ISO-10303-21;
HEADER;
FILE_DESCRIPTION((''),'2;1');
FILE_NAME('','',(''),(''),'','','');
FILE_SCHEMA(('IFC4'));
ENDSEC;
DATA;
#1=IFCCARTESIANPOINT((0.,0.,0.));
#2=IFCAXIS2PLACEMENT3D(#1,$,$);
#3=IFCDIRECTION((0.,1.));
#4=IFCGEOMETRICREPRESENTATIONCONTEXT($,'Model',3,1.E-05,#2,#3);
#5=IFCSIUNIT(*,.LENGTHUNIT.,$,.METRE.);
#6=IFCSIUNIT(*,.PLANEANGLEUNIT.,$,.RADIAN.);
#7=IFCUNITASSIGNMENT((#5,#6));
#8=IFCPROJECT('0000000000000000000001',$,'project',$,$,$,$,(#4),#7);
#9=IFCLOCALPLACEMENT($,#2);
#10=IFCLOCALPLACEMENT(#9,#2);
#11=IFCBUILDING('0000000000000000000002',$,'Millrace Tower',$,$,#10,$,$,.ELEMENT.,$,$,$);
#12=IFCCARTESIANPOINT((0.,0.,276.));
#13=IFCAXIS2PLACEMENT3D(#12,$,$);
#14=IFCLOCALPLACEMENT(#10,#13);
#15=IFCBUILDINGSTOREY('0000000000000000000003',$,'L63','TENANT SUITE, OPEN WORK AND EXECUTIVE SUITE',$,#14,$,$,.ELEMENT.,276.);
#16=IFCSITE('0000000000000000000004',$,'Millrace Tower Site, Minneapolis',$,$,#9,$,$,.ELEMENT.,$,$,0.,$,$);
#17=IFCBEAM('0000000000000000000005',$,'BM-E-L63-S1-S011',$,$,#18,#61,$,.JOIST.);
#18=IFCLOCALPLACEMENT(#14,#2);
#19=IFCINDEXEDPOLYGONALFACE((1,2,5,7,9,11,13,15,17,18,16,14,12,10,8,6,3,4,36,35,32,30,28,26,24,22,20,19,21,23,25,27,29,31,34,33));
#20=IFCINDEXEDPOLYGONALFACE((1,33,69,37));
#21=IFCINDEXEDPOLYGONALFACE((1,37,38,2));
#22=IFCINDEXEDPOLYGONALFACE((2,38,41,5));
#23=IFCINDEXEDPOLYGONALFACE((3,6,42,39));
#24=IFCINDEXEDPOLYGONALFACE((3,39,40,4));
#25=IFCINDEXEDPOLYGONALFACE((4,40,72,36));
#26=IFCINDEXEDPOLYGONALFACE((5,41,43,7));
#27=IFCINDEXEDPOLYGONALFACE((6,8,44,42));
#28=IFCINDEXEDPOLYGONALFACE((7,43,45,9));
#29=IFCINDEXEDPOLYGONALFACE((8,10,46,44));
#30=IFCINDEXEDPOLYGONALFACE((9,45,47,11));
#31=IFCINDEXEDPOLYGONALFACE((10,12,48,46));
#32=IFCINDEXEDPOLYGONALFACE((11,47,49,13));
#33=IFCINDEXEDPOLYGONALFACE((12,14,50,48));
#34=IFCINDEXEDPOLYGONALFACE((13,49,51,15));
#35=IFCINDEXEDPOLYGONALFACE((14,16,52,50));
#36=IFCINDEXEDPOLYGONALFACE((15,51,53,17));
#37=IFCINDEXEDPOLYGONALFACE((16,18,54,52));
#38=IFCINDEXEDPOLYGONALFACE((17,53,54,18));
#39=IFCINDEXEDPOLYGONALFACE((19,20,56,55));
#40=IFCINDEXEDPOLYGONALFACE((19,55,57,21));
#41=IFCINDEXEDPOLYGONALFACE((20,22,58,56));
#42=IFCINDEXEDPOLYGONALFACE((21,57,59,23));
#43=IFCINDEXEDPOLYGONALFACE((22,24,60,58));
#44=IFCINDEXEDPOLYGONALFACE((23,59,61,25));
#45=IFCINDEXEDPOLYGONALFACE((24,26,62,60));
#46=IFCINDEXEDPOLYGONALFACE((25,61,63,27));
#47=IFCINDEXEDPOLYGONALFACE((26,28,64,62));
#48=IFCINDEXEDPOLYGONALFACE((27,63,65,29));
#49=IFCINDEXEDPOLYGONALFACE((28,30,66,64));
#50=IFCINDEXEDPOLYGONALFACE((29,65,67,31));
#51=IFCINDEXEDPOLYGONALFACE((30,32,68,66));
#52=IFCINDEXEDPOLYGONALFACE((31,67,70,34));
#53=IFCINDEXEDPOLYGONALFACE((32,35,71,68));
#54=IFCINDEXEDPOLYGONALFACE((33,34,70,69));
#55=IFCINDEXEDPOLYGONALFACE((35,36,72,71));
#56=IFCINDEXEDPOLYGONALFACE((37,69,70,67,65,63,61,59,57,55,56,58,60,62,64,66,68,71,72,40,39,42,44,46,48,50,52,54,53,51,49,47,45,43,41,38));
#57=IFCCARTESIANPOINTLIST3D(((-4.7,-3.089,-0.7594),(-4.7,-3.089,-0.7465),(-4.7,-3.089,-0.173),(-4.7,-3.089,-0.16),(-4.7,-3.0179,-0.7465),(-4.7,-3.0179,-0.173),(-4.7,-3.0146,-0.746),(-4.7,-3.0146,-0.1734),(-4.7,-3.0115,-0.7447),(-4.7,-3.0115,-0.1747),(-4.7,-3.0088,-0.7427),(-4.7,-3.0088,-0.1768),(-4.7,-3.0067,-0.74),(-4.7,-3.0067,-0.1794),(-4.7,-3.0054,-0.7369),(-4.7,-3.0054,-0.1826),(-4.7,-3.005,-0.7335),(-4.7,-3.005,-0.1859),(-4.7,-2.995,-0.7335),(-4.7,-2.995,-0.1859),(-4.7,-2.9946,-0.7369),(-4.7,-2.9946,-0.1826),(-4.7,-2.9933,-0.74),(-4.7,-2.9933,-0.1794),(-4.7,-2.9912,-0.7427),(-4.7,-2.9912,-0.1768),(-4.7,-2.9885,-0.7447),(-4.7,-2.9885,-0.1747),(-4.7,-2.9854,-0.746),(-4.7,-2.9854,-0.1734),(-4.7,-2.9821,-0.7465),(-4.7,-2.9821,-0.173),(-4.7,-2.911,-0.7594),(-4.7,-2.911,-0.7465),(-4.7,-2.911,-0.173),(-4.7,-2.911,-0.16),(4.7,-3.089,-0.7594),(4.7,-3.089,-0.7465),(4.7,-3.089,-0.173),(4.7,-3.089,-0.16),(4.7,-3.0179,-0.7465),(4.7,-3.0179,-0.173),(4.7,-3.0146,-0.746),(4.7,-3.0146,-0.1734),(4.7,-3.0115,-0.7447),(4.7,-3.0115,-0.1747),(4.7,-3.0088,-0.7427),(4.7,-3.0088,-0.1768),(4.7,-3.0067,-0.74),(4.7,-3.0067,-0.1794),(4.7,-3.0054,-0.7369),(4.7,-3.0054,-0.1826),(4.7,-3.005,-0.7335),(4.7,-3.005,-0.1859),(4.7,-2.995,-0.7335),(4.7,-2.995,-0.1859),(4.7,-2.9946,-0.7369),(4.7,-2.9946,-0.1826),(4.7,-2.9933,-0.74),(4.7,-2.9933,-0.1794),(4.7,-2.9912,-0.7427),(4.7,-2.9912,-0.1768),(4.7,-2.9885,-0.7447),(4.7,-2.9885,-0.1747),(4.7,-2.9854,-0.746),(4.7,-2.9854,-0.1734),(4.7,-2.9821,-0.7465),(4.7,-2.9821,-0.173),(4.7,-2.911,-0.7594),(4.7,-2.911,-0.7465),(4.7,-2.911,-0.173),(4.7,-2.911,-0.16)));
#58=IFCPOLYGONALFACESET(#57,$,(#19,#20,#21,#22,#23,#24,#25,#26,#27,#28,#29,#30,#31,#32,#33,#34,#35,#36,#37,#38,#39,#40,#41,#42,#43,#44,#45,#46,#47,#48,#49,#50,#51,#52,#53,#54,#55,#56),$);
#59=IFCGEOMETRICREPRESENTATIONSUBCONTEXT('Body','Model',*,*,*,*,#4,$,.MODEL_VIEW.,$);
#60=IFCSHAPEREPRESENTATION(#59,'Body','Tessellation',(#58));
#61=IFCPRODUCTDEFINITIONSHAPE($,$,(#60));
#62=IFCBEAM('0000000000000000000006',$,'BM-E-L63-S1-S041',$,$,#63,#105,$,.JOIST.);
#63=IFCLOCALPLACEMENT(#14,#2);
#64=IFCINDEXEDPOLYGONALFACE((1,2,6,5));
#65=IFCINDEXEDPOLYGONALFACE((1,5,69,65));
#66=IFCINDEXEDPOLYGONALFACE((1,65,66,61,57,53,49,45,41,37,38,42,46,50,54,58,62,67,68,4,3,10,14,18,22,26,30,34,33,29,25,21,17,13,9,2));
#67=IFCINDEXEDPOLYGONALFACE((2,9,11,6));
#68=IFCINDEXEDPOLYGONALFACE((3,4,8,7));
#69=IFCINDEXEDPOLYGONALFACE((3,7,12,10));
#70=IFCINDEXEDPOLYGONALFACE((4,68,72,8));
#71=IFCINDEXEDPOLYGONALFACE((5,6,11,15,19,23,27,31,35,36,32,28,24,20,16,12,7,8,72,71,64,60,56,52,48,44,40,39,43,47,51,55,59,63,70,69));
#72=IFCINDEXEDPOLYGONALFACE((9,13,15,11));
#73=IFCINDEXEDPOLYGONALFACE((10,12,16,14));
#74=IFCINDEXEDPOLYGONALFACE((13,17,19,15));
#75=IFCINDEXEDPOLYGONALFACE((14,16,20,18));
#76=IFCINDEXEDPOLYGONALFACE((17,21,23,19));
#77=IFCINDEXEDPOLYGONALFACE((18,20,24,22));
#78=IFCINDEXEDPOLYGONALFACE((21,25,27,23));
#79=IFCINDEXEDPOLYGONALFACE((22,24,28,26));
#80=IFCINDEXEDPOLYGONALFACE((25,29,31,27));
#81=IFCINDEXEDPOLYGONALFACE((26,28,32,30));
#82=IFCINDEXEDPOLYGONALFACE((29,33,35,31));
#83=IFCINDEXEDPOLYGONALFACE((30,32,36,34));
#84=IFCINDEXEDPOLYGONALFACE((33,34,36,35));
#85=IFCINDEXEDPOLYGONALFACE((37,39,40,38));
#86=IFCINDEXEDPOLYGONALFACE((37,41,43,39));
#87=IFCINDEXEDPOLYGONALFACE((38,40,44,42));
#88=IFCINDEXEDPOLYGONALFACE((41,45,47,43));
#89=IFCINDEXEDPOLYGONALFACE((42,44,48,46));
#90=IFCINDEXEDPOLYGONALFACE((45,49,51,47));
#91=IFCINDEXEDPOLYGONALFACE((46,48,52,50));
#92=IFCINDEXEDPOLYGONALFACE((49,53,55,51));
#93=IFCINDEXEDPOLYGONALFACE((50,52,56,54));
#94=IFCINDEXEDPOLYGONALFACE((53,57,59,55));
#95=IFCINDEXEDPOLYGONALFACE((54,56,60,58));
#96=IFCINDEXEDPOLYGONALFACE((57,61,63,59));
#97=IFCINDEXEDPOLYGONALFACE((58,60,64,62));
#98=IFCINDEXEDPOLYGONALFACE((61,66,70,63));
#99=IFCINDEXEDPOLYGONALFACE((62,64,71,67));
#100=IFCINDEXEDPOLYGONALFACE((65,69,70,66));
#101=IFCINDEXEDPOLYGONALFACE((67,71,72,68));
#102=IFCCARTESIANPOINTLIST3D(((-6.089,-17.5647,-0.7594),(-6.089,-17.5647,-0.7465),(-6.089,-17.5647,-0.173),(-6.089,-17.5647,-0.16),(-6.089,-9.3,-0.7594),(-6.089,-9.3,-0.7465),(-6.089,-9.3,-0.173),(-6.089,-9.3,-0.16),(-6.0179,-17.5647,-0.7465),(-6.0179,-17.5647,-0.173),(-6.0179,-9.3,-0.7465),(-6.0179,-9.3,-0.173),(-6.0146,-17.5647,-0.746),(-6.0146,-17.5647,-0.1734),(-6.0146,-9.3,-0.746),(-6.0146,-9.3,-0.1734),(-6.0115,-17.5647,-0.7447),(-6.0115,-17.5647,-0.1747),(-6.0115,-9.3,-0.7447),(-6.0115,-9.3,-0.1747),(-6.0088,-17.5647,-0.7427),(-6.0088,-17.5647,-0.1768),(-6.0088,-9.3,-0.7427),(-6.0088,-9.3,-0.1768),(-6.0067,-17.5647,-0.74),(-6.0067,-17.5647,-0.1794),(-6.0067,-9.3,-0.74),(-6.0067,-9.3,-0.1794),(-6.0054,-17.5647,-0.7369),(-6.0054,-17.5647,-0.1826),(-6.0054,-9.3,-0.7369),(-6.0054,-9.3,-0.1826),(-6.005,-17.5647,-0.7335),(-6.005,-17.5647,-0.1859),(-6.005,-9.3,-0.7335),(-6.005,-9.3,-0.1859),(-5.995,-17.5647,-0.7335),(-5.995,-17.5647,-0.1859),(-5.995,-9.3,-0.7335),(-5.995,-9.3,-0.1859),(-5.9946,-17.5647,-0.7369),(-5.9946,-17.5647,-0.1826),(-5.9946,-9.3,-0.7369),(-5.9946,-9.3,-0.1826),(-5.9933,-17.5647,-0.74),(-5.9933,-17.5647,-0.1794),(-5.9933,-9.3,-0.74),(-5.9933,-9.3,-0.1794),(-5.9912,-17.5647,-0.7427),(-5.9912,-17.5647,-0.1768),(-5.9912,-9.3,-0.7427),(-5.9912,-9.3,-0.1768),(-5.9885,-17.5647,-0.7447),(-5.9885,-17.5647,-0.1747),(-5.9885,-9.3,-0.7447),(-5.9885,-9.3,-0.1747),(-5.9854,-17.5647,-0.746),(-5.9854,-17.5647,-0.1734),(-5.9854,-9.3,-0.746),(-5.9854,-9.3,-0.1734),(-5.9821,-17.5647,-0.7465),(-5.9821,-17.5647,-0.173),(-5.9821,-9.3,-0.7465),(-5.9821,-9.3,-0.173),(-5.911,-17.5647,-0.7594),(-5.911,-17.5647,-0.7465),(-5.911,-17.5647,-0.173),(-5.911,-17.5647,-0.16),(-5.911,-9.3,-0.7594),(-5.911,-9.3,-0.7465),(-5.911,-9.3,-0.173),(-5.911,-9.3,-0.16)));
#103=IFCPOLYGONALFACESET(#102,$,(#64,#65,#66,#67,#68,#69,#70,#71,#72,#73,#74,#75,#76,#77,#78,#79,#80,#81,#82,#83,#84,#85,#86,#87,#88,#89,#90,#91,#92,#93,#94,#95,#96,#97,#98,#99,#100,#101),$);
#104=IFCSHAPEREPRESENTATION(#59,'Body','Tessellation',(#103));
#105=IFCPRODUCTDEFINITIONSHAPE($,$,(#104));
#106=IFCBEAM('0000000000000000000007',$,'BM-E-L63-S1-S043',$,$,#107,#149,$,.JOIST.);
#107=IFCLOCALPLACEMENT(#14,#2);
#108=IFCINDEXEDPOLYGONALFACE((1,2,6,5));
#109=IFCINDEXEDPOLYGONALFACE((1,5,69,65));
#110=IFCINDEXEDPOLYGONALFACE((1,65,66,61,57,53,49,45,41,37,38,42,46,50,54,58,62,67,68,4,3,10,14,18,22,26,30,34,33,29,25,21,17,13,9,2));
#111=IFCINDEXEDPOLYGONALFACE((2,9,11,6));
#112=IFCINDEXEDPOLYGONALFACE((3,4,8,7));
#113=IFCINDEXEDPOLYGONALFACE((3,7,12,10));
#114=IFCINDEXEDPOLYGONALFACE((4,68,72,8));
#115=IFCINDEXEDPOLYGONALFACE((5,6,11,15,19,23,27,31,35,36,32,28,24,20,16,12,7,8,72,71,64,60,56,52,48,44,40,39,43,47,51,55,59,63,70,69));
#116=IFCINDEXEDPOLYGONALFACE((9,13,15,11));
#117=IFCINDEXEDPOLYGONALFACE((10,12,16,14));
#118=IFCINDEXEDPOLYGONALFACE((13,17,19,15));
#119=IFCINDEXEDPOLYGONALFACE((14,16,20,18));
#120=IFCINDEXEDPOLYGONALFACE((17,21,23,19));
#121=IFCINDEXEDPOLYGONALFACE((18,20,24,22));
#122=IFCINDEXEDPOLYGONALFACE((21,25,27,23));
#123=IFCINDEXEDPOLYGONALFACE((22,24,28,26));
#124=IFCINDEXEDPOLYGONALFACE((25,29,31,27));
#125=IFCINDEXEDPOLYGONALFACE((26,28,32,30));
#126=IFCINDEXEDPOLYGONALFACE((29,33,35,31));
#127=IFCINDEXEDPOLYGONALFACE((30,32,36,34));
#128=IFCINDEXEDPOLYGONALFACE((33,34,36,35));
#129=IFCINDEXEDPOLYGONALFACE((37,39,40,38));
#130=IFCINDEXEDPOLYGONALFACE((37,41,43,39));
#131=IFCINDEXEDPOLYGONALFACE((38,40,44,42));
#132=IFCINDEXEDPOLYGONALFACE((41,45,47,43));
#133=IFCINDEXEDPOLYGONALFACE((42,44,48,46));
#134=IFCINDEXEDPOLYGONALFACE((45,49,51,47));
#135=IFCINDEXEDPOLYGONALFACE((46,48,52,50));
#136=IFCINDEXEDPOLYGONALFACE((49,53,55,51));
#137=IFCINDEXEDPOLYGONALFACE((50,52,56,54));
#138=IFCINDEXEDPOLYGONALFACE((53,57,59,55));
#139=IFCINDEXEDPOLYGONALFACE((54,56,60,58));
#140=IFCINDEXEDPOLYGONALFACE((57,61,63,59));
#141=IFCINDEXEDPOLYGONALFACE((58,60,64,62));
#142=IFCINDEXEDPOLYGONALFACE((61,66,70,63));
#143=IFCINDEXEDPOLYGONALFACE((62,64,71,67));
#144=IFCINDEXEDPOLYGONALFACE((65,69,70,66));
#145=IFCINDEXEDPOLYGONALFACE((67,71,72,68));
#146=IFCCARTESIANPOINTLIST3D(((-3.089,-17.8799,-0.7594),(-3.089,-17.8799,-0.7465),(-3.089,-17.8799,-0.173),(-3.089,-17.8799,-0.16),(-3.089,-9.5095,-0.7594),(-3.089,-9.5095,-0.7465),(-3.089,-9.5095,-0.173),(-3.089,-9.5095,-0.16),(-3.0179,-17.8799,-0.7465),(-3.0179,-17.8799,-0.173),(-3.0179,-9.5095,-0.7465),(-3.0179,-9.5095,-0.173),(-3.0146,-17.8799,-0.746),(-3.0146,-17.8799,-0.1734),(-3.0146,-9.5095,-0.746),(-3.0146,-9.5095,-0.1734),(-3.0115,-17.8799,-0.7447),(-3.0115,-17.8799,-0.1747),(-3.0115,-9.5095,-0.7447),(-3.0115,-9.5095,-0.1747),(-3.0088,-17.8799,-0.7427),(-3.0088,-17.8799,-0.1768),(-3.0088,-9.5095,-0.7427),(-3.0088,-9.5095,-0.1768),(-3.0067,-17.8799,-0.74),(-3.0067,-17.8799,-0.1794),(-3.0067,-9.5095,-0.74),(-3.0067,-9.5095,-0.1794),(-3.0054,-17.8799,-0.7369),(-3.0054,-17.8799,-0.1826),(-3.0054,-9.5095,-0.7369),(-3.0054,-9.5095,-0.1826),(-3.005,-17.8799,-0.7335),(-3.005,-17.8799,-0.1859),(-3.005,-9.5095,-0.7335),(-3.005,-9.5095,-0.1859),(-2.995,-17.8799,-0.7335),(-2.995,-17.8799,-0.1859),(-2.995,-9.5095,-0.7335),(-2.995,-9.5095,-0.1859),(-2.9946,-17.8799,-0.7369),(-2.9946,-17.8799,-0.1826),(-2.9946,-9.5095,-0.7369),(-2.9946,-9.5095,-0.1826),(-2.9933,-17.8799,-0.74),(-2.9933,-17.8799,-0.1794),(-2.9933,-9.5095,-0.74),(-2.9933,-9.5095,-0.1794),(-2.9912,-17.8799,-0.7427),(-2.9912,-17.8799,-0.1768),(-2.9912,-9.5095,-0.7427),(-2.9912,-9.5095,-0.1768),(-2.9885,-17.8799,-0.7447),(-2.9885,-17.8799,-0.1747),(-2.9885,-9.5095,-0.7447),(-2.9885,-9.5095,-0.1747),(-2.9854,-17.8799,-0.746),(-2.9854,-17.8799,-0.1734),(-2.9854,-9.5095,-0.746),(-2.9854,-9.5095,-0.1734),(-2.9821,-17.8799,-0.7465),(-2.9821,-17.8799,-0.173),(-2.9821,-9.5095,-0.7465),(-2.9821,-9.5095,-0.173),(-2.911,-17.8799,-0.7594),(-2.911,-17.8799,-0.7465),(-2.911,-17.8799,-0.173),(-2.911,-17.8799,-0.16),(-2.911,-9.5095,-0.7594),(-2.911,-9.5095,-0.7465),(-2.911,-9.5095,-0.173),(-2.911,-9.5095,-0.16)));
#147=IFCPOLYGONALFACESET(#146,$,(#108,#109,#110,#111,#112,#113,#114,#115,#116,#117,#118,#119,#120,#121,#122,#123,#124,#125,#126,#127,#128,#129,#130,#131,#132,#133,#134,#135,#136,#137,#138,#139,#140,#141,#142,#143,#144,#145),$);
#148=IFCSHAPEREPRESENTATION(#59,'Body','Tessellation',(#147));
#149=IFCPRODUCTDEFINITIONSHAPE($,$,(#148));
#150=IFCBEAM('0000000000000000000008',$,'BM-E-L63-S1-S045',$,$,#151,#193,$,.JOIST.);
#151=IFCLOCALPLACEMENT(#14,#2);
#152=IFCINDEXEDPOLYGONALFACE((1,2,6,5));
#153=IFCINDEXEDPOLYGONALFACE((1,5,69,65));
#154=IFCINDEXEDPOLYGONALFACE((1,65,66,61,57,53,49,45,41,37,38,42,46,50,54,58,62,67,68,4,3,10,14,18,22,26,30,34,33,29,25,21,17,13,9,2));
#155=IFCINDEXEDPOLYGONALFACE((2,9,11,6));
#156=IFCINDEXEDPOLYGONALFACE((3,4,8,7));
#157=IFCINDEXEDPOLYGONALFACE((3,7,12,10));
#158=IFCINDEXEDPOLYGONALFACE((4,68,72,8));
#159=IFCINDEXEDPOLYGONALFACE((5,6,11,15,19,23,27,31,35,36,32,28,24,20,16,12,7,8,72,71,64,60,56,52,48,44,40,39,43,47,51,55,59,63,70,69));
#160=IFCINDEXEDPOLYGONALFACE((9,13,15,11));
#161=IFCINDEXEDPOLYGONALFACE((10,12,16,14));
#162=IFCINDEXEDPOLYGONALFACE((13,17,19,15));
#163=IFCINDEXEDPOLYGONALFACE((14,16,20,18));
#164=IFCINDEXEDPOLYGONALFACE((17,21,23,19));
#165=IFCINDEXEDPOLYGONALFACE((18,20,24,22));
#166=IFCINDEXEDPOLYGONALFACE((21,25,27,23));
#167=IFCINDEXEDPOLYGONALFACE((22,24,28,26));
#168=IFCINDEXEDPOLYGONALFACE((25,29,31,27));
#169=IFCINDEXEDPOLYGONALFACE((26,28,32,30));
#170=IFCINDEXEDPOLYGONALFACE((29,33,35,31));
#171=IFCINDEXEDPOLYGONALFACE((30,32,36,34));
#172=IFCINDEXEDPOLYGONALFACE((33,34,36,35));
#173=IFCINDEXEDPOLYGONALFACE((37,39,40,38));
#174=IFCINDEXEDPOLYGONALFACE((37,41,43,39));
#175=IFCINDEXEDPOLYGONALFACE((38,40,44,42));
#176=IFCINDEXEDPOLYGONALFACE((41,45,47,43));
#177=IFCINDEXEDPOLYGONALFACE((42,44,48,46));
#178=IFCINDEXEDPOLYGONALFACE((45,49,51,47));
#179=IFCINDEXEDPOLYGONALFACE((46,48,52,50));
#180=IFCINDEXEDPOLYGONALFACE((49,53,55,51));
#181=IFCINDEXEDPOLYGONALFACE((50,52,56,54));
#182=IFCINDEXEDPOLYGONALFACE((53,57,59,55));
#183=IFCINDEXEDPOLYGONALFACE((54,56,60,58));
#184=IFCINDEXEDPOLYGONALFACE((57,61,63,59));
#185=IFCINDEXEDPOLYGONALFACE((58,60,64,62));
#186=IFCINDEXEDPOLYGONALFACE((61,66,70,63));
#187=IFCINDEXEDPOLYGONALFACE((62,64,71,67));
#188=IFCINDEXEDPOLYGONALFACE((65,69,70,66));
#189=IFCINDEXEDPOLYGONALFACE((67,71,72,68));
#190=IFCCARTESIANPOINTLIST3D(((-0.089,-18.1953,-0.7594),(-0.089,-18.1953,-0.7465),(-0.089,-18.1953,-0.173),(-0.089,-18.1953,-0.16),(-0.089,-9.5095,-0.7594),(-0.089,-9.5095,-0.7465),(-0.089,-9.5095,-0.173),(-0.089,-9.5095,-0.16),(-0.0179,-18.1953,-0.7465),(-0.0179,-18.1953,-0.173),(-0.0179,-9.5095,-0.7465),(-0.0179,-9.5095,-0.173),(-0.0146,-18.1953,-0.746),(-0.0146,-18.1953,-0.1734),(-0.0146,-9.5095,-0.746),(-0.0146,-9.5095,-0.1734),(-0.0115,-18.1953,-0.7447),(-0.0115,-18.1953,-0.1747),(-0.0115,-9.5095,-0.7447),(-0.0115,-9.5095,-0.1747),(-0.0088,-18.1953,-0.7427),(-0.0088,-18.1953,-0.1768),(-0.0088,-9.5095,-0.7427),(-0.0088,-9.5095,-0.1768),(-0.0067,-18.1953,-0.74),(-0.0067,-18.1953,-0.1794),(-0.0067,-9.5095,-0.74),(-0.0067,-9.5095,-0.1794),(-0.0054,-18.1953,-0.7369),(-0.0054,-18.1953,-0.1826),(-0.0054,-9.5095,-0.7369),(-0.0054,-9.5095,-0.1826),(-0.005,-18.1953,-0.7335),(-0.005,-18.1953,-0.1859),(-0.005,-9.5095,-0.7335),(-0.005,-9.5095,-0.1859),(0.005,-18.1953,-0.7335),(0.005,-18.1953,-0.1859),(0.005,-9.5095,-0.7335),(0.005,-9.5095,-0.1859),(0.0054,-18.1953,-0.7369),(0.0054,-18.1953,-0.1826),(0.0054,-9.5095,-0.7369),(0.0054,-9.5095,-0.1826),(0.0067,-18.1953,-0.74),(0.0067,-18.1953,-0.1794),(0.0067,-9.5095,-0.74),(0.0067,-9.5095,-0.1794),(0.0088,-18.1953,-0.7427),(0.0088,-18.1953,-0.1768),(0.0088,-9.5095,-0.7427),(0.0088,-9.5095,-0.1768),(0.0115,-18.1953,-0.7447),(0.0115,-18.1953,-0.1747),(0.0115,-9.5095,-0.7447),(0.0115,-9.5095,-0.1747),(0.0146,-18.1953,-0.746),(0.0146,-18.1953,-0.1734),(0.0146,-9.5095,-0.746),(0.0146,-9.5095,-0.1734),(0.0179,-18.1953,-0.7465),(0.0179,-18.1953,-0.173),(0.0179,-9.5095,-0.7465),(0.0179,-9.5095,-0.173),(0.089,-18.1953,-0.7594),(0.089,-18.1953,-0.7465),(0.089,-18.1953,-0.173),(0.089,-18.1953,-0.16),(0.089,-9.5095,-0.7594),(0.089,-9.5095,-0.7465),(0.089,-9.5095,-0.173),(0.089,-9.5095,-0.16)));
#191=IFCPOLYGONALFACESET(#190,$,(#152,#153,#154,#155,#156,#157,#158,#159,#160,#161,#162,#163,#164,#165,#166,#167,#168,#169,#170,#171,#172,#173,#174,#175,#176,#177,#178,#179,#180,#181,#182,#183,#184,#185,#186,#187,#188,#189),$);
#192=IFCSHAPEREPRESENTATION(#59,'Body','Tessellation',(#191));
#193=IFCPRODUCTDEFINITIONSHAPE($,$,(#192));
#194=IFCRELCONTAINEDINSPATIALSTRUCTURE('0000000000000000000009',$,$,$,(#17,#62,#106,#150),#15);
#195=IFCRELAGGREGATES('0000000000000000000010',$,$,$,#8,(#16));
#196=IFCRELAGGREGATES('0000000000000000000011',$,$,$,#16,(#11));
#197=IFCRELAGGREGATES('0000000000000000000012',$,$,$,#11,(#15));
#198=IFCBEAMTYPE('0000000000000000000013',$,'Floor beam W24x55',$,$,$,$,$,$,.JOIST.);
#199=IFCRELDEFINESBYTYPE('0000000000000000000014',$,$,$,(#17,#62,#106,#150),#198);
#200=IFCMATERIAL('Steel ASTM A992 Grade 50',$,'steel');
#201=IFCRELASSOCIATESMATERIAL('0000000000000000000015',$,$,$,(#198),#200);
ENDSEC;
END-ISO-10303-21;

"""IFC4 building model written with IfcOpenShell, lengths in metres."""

from ifc_helpers import new_model, si_unit, direction, frame, origin, origin_2d, place, context, subcontext, project, spatial, i_section, extrude, material, material_profile, profile_set, type_object, element, save


model = new_model("IFC4")

# Units and contexts
model_context = context("Model", 3, precision=1e-05, world=origin(), true_north=direction((0.0, 1.0)))
body_context = subcontext(model_context, "Body", "Model", "MODEL_VIEW")
ifc_project = project(units=[si_unit("LENGTHUNIT", "METRE"), si_unit("PLANEANGLEUNIT", "RADIAN")], contexts=[model_context])

# Site, building, storey
site_placement = place(None, origin())
site = spatial("IfcSite", under=ifc_project, at=site_placement, Name="Millrace Tower Site, Minneapolis", CompositionType="ELEMENT", RefElevation=0.0)
building_placement = place(site_placement, origin())
building = spatial("IfcBuilding", under=site, at=building_placement, Name="Millrace Tower", CompositionType="ELEMENT")
storey_placement = place(building_placement, frame((0.0, 0.0, 276.0)))
storey = spatial("IfcBuildingStorey", under=building, at=storey_placement, Name="L63", Description="TENANT SUITE, OPEN WORK AND EXECUTIVE SUITE", CompositionType="ELEMENT", Elevation=276.0)

# Beams
ifc_material_1 = material(Name="Steel ASTM A992 Grade 50", Category="steel")
ifc_material_profile_1 = material_profile(ifc_material_1, i_section(OverallWidth=0.178, OverallDepth=0.5994, WebThickness=0.01, FlangeThickness=0.0129, FilletRadius=0.0129, at=origin_2d()))
ifc_profile_set_1 = profile_set([ifc_material_profile_1], Name="Steel ASTM A992 Grade 50")
beam_type_1 = type_object("IfcBeamType", Name="Floor beam W24x55", PredefinedType="JOIST", material=ifc_profile_set_1)
for number, where, z_axis, x_axis, name in (
    (1, (-4.7, -3.0, -0.4597), (1.0, 0.0, 0.0), (0.0, 1.0, 0.0), "BM-E-L63-S1-S011"),
):
    element("IfcBeam", number, at=place(storey_placement, frame(where, z_axis=z_axis, x_axis=x_axis)), inside=storey, type_object=beam_type_1, Name=name, PredefinedType="JOIST", context=body_context, shape_type="SweptSolid", body=[
        extrude(i_section(OverallWidth=0.178, OverallDepth=0.5994, WebThickness=0.01, FlangeThickness=0.0129, FilletRadius=0.0129, at=origin_2d()), origin(), (0.0, 0.0, 1.0), 9.3999),
    ])
beam_1_placement = place(storey_placement, frame((-6.0, -17.5647, -0.4597), z_axis=(0.0, 1.0, 0.0), x_axis=(-1.0, 0.0, 0.0)))
element("IfcBeam", 2, at=beam_1_placement, inside=storey, type_object=beam_type_1, Name="BM-E-L63-S1-S041", PredefinedType="JOIST", context=body_context, shape_type="SweptSolid", body=[
    extrude(i_section(OverallWidth=0.178, OverallDepth=0.5994, WebThickness=0.01, FlangeThickness=0.0129, FilletRadius=0.0129, at=origin_2d()), origin(), (0.0, 0.0, 1.0), 8.2646),
])
beam_2_placement = place(storey_placement, frame((-3.0, -17.8799, -0.4597), z_axis=(0.0, 1.0, 0.0), x_axis=(-1.0, 0.0, 0.0)))
element("IfcBeam", 3, at=beam_2_placement, inside=storey, type_object=beam_type_1, Name="BM-E-L63-S1-S043", PredefinedType="JOIST", context=body_context, shape_type="SweptSolid", body=[
    extrude(i_section(OverallWidth=0.178, OverallDepth=0.5994, WebThickness=0.01, FlangeThickness=0.0129, FilletRadius=0.0129, at=origin_2d()), origin(), (0.0, 0.0, 1.0), 8.3704),
])
beam_3_placement = place(storey_placement, frame((0.0, -18.1953, -0.4597), z_axis=(0.0, 1.0, 0.0), x_axis=(-1.0, 0.0, 0.0)))
element("IfcBeam", 4, at=beam_3_placement, inside=storey, type_object=beam_type_1, Name="BM-E-L63-S1-S045", PredefinedType="JOIST", context=body_context, shape_type="SweptSolid", body=[
    extrude(i_section(OverallWidth=0.178, OverallDepth=0.5994, WebThickness=0.01, FlangeThickness=0.0129, FilletRadius=0.0129, at=origin_2d()), origin(), (0.0, 0.0, 1.0), 8.6858),
])

save(model, "model.ifc")
